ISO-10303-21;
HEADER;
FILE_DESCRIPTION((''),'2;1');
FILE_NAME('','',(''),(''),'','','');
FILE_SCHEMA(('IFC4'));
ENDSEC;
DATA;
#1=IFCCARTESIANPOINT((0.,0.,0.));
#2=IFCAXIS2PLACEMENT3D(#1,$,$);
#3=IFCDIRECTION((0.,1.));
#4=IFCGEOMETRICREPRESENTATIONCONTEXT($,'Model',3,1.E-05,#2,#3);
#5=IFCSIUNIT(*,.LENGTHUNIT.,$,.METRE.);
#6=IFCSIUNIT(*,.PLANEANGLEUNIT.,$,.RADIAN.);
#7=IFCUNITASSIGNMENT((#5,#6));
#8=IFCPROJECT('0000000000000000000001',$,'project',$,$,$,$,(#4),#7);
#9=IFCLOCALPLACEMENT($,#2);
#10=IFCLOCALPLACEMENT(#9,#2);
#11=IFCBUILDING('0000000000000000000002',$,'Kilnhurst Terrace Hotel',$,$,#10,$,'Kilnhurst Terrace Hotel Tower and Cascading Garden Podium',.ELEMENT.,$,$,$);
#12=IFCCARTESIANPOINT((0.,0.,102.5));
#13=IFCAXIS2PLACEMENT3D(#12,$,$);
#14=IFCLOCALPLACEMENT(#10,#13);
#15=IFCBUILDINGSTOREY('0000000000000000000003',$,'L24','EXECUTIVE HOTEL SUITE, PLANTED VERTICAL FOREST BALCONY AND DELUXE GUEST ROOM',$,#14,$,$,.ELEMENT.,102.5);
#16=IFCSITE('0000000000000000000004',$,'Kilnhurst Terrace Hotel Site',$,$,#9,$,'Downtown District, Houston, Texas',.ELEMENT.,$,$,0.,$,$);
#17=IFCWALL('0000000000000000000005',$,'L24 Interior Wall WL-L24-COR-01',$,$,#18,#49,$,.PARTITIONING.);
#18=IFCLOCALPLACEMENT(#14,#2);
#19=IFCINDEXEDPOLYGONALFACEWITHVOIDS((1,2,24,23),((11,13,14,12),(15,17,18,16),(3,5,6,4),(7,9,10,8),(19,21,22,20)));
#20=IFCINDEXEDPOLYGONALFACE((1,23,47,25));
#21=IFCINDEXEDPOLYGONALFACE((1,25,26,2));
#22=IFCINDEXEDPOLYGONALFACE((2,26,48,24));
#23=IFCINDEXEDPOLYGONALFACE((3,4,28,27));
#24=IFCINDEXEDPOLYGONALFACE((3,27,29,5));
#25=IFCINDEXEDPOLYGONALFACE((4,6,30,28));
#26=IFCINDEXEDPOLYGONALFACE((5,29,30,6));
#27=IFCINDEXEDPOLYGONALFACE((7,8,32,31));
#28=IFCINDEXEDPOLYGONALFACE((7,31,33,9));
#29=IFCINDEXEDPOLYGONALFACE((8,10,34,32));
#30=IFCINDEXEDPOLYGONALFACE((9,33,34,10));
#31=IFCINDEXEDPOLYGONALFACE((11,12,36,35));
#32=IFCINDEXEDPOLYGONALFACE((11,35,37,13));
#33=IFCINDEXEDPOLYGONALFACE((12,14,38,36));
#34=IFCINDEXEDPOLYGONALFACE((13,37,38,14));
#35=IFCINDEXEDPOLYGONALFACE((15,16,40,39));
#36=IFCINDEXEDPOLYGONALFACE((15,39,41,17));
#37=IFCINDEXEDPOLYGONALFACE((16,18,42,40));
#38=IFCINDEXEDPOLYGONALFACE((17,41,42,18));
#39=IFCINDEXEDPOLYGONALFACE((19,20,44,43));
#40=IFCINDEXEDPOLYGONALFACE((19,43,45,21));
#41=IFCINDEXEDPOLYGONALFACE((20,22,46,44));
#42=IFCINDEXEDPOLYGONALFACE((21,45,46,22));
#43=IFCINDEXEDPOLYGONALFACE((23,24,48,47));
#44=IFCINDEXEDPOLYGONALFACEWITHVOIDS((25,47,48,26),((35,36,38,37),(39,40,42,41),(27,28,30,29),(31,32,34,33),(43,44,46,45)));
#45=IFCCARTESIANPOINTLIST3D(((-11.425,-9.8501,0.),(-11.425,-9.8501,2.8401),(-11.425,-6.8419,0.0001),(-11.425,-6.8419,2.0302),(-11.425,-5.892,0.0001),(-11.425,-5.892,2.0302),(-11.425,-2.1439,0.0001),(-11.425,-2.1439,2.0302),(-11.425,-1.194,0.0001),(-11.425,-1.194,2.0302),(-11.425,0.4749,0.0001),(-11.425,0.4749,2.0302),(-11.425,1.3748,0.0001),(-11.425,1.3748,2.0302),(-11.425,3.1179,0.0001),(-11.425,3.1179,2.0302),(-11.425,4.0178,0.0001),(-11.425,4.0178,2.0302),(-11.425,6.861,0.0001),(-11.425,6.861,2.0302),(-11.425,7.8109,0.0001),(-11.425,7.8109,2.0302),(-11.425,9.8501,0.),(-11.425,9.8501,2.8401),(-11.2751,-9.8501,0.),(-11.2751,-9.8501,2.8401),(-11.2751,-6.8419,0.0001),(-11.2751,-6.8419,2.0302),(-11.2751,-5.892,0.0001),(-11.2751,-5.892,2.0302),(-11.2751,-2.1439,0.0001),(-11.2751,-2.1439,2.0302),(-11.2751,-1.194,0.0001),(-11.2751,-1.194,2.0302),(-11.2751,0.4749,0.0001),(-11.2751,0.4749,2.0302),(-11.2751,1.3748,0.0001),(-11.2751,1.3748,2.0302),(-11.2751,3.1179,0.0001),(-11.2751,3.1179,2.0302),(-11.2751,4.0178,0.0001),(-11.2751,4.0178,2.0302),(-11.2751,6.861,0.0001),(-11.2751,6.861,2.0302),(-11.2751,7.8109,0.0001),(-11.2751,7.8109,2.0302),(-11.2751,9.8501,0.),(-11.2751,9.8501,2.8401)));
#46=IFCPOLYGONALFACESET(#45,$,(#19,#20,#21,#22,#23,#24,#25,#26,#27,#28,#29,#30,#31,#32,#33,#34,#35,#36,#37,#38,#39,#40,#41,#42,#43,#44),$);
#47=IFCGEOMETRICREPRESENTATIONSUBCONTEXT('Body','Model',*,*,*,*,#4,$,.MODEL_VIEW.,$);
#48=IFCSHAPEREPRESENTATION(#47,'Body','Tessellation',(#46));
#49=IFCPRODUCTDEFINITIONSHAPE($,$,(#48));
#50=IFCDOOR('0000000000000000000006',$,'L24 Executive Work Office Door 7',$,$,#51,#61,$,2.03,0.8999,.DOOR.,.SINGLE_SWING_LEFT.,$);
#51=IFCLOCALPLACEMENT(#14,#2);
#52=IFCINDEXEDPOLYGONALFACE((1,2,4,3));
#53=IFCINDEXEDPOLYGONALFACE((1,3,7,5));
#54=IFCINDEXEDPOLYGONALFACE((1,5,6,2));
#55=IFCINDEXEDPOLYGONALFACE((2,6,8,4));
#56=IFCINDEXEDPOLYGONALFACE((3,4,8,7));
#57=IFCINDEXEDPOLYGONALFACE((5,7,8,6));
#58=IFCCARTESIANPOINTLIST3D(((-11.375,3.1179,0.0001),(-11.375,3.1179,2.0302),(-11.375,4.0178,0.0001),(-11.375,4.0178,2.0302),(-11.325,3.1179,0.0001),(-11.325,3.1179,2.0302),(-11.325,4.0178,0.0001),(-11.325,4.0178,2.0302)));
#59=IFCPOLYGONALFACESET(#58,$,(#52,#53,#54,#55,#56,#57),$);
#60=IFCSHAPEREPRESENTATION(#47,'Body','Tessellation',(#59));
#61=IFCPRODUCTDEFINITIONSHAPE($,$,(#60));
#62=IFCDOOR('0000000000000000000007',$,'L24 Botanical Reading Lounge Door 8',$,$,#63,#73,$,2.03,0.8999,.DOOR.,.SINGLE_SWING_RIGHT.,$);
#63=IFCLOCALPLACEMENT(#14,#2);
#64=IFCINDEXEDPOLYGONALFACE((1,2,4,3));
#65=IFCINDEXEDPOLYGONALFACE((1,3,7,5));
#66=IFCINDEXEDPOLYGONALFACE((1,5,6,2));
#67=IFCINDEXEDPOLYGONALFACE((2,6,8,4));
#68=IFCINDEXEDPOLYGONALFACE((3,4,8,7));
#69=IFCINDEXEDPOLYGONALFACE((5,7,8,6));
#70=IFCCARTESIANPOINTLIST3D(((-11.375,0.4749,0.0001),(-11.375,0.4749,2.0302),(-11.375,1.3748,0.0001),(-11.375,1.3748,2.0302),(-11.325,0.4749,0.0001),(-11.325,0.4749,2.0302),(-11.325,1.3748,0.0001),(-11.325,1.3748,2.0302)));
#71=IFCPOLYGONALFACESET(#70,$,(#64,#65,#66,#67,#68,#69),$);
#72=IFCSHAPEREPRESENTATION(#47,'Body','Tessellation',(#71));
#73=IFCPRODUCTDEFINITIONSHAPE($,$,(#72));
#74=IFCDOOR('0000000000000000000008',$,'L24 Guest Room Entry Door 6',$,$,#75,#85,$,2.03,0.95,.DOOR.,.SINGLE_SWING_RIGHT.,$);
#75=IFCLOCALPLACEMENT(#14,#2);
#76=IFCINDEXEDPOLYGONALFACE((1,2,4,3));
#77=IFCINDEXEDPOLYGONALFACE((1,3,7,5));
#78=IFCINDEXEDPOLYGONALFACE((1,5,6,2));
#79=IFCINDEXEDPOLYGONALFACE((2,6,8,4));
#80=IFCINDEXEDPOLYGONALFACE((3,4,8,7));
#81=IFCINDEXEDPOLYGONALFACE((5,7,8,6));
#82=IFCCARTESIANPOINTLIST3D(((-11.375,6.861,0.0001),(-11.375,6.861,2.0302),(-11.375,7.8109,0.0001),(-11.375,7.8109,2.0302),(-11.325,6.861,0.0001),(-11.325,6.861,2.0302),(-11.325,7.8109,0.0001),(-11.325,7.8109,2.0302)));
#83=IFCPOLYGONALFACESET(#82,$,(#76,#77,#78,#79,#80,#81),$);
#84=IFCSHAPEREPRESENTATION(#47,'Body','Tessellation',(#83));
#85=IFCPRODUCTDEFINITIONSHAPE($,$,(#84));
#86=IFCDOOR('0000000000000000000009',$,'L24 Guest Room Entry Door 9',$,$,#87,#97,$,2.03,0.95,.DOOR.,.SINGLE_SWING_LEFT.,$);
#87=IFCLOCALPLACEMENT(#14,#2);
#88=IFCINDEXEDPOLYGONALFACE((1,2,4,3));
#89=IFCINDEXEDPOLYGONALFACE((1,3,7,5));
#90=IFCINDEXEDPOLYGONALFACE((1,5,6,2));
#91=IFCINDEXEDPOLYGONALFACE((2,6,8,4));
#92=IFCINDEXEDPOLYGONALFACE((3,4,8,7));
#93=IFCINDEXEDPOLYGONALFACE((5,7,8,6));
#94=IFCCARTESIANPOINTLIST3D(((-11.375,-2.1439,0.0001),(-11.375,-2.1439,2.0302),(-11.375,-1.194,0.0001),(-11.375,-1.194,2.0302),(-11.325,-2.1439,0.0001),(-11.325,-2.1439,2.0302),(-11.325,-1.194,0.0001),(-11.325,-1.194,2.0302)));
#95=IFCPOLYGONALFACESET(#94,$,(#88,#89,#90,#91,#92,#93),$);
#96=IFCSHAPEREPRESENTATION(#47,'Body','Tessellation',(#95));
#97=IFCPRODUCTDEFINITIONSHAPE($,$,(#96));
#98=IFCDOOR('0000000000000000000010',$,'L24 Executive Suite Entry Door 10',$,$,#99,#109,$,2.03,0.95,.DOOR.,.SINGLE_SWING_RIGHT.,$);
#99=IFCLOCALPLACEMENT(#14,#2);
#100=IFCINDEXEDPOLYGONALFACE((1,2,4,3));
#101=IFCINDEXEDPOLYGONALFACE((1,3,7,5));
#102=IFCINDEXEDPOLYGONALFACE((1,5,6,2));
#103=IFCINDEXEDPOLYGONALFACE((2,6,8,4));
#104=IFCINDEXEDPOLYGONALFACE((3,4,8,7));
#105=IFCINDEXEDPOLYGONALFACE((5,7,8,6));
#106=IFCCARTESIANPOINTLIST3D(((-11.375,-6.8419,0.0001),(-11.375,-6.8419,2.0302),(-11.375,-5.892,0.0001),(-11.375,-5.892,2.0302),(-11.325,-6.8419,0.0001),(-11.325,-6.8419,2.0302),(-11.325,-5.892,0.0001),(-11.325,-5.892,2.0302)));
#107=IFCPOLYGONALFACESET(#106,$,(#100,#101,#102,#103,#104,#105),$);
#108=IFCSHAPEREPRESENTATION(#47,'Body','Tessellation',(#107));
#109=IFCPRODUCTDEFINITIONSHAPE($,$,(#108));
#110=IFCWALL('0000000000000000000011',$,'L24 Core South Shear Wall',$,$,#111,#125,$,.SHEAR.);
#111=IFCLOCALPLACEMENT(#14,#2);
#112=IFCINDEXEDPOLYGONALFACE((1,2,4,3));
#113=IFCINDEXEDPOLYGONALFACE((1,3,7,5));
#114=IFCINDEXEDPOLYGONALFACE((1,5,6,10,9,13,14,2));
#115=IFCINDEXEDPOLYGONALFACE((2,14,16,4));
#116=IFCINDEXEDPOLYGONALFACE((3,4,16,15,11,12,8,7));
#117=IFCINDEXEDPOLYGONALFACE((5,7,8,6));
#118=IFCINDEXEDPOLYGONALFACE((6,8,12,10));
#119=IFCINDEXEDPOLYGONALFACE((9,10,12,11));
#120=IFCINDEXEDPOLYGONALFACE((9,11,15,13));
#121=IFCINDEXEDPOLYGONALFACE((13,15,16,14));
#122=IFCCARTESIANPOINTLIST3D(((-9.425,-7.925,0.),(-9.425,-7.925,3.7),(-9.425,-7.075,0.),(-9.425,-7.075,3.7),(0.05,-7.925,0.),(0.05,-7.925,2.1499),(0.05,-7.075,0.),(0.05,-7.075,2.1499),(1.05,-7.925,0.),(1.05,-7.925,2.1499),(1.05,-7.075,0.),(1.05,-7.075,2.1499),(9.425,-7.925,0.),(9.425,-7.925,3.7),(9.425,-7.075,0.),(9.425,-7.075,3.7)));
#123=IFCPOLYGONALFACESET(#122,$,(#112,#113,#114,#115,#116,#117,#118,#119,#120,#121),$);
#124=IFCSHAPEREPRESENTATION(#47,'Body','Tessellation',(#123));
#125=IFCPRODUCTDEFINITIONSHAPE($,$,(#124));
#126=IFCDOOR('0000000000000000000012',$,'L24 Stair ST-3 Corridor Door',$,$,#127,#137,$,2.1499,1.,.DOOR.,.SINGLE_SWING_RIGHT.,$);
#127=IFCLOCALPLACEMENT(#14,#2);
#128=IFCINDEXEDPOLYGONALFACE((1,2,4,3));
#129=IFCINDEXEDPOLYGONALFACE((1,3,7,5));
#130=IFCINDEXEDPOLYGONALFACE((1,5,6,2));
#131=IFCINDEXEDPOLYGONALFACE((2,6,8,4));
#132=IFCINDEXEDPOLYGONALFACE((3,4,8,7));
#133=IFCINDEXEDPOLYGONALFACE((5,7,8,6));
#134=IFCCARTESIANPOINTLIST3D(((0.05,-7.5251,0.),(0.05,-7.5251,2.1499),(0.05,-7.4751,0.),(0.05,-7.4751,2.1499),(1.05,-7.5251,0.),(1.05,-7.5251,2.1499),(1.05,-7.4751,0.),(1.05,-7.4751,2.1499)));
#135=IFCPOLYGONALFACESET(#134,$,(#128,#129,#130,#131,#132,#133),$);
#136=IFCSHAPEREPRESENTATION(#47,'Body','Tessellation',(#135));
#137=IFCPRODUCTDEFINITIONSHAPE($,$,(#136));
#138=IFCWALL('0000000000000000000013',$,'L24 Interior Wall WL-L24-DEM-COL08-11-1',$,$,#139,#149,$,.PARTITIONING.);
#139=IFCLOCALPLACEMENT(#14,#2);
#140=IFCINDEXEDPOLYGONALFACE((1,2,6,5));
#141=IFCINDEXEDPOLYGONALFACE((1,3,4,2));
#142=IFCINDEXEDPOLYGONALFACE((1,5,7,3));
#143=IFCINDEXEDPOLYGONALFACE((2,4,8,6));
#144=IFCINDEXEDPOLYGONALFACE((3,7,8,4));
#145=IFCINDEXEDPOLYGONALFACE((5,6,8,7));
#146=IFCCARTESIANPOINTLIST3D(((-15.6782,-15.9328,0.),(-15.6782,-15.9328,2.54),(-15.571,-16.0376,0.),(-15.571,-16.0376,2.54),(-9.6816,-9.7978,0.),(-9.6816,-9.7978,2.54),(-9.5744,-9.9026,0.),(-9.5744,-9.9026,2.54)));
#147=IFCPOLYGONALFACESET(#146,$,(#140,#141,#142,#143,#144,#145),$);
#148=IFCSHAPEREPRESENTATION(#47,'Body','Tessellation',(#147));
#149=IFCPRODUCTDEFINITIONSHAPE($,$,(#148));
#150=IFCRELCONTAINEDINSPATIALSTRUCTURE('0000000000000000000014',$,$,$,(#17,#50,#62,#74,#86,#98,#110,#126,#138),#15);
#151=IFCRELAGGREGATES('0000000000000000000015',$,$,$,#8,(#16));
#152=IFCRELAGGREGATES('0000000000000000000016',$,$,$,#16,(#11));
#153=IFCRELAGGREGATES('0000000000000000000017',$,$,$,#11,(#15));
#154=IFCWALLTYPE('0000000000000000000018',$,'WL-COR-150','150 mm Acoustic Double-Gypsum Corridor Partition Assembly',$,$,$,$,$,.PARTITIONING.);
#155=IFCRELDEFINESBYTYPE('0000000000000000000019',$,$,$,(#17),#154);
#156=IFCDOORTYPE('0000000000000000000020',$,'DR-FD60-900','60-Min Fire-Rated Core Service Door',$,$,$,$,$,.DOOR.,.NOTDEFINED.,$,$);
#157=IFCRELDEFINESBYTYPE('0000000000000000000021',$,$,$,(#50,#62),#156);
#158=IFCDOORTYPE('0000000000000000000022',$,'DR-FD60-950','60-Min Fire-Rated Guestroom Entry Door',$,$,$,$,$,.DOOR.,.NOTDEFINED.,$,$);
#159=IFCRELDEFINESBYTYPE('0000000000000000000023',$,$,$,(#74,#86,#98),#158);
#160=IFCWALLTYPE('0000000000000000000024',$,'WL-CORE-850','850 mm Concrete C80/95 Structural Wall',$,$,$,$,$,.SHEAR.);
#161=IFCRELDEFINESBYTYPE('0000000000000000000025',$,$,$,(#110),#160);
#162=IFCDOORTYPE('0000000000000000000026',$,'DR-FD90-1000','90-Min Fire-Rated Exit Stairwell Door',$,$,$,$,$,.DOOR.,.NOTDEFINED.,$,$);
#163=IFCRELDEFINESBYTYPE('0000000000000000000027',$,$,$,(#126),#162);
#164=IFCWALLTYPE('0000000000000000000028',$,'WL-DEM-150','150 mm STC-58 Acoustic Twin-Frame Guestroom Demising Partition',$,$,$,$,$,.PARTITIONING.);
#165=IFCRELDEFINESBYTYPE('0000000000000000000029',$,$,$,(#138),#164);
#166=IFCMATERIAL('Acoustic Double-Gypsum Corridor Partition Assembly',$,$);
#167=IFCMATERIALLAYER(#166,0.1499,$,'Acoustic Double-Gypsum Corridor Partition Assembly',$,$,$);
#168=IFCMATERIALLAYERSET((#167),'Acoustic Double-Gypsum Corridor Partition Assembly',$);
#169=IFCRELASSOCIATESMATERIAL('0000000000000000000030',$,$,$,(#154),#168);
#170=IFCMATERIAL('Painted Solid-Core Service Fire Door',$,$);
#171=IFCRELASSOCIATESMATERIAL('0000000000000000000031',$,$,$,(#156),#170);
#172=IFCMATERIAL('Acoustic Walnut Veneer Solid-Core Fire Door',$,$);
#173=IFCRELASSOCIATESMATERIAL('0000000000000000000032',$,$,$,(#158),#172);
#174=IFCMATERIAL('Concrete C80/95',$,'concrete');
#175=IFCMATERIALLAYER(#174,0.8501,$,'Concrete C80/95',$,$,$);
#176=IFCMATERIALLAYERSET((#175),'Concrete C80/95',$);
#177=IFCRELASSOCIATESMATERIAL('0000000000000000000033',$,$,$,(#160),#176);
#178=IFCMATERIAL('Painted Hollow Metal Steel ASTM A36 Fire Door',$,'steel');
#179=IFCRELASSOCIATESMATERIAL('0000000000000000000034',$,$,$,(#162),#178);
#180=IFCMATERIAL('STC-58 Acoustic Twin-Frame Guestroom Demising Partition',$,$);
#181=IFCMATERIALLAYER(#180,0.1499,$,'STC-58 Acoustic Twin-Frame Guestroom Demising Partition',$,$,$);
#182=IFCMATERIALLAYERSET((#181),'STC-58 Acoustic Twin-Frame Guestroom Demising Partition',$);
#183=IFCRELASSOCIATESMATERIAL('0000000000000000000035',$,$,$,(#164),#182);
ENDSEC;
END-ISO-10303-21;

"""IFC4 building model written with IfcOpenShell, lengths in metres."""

from ifc_helpers import new_model, si_unit, direction, frame, frame_2d, origin, place, context, subcontext, project, spatial, rectangle, extrude, material, layer, layer_set, type_object, element, fill, save


model = new_model("IFC4")

# Units and contexts
model_context = context("Model", 3, precision=1e-05, world=origin(), true_north=direction((0.0, 1.0)))
body_context = subcontext(model_context, "Body", "Model", "MODEL_VIEW")
ifc_project = project(units=[si_unit("LENGTHUNIT", "METRE"), si_unit("PLANEANGLEUNIT", "RADIAN")], contexts=[model_context])

# Site, building, storey
site_placement = place(None, origin())
site = spatial("IfcSite", under=ifc_project, at=site_placement, Name="Kilnhurst Terrace Hotel Site", LongName="Downtown District, Houston, Texas", CompositionType="ELEMENT", RefElevation=0.0)
building_placement = place(site_placement, origin())
building = spatial("IfcBuilding", under=site, at=building_placement, Name="Kilnhurst Terrace Hotel", LongName="Kilnhurst Terrace Hotel Tower and Cascading Garden Podium", CompositionType="ELEMENT")
storey_placement = place(building_placement, frame((0.0, 0.0, 102.5)))
storey = spatial("IfcBuildingStorey", under=building, at=storey_placement, Name="L24", Description="EXECUTIVE HOTEL SUITE, PLANTED VERTICAL FOREST BALCONY AND DELUXE GUEST ROOM", CompositionType="ELEMENT", Elevation=102.5)

# Shared definitions
ifc_material_1 = material(Name="Concrete C80/95", Category="concrete")

# Wall, openings, doors
ifc_material_2 = material(Name="Acoustic Double-Gypsum Corridor Partition Assembly")
ifc_layer_1 = layer(ifc_material_2, 0.1499, Name="Acoustic Double-Gypsum Corridor Partition Assembly")
ifc_layer_set_1 = layer_set([ifc_layer_1], Name="Acoustic Double-Gypsum Corridor Partition Assembly")
wall_type_1 = type_object("IfcWallType", Name="WL-COR-150", Description="150 mm Acoustic Double-Gypsum Corridor Partition Assembly", PredefinedType="PARTITIONING", material=ifc_layer_set_1)
wall_1_placement = place(storey_placement, frame((-11.3501, -9.8501, 0.0), z_axis=(0.0, 0.0, 1.0), x_axis=(0.0, 1.0, 0.0)))
wall_1 = element("IfcWall", 1, at=wall_1_placement, inside=storey, type_object=wall_type_1, Name="L24 Interior Wall WL-L24-COR-01", PredefinedType="PARTITIONING", context=body_context, shape_type="SweptSolid", body=[
    extrude(rectangle(XDim=19.7002, YDim=0.1499, at=frame_2d((9.8501, 0.0))), origin(), (0.0, 0.0, 1.0), 2.8401),
])
opening_1_placement = place(wall_1_placement, frame((16.7109, 0.0, 0.0)))
opening_1 = element("IfcOpeningElement", 2, at=opening_1_placement, cuts=wall_1, PredefinedType="OPENING", context=body_context, shape_type="SweptSolid", body=[
    extrude(rectangle(XDim=0.95, YDim=2.03, at=frame_2d((0.4751, 1.0151))), frame((0.0, 0.085, 0.0), z_axis=(0.0, -1.0, 0.0), x_axis=(1.0, 0.0, 0.0)), (0.0, 0.0, 1.0), 0.1699),
])
opening_2_placement = place(wall_1_placement, frame((12.968, 0.0, 0.0)))
opening_2 = element("IfcOpeningElement", 3, at=opening_2_placement, cuts=wall_1, PredefinedType="OPENING", context=body_context, shape_type="SweptSolid", body=[
    extrude(rectangle(XDim=0.8999, YDim=2.03, at=frame_2d((0.45, 1.0151))), frame((0.0, 0.085, 0.0), z_axis=(0.0, -1.0, 0.0), x_axis=(1.0, 0.0, 0.0)), (0.0, 0.0, 1.0), 0.1699),
])
opening_3_placement = place(wall_1_placement, frame((10.325, 0.0, 0.0)))
opening_3 = element("IfcOpeningElement", 4, at=opening_3_placement, cuts=wall_1, PredefinedType="OPENING", context=body_context, shape_type="SweptSolid", body=[
    extrude(rectangle(XDim=0.8999, YDim=2.03, at=frame_2d((0.45, 1.0151))), frame((0.0, 0.085, 0.0), z_axis=(0.0, -1.0, 0.0), x_axis=(1.0, 0.0, 0.0)), (0.0, 0.0, 1.0), 0.1699),
])
opening_4_placement = place(wall_1_placement, frame((7.7061, 0.0, 0.0)))
opening_4 = element("IfcOpeningElement", 5, at=opening_4_placement, cuts=wall_1, PredefinedType="OPENING", context=body_context, shape_type="SweptSolid", body=[
    extrude(rectangle(XDim=0.95, YDim=2.03, at=frame_2d((0.4751, 1.0151))), frame((0.0, 0.085, 0.0), z_axis=(0.0, -1.0, 0.0), x_axis=(1.0, 0.0, 0.0)), (0.0, 0.0, 1.0), 0.1699),
])
opening_5_placement = place(wall_1_placement, frame((3.0081, 0.0, 0.0)))
opening_5 = element("IfcOpeningElement", 6, at=opening_5_placement, cuts=wall_1, PredefinedType="OPENING", context=body_context, shape_type="SweptSolid", body=[
    extrude(rectangle(XDim=0.95, YDim=2.03, at=frame_2d((0.4751, 1.0151))), frame((0.0, 0.085, 0.0), z_axis=(0.0, -1.0, 0.0), x_axis=(1.0, 0.0, 0.0)), (0.0, 0.0, 1.0), 0.1699),
])
ifc_material_3 = material(Name="Painted Solid-Core Service Fire Door")
door_type_1 = type_object("IfcDoorType", Name="DR-FD60-900", Description="60-Min Fire-Rated Core Service Door", OperationType="NOTDEFINED", PredefinedType="DOOR", material=ifc_material_3)
door_1_placement = place(opening_2_placement, origin())
door_1 = element("IfcDoor", 7, at=door_1_placement, inside=storey, type_object=door_type_1, Name="L24 Executive Work Office Door 7", OperationType="SINGLE_SWING_LEFT", OverallHeight=2.03, OverallWidth=0.8999, PredefinedType="DOOR", context=body_context, shape_type="SweptSolid", body=[
    extrude(rectangle(XDim=0.8999, YDim=2.03, at=frame_2d((0.45, 1.0151))), frame((0.0, 0.0249, 0.0), z_axis=(0.0, -1.0, 0.0), x_axis=(1.0, 0.0, 0.0)), (0.0, 0.0, 1.0), 0.05),
])
fill(opening_2, door_1)
door_2_placement = place(opening_3_placement, origin())
door_2 = element("IfcDoor", 8, at=door_2_placement, inside=storey, type_object=door_type_1, Name="L24 Botanical Reading Lounge Door 8", OperationType="SINGLE_SWING_RIGHT", OverallHeight=2.03, OverallWidth=0.8999, PredefinedType="DOOR", context=body_context, shape_type="SweptSolid", body=[
    extrude(rectangle(XDim=0.8999, YDim=2.03, at=frame_2d((0.45, 1.0151))), frame((0.0, 0.0249, 0.0), z_axis=(0.0, -1.0, 0.0), x_axis=(1.0, 0.0, 0.0)), (0.0, 0.0, 1.0), 0.05),
])
fill(opening_3, door_2)
ifc_material_4 = material(Name="Acoustic Walnut Veneer Solid-Core Fire Door")
door_type_2 = type_object("IfcDoorType", Name="DR-FD60-950", Description="60-Min Fire-Rated Guestroom Entry Door", OperationType="NOTDEFINED", PredefinedType="DOOR", material=ifc_material_4)
door_3_placement = place(opening_1_placement, origin())
door_3 = element("IfcDoor", 9, at=door_3_placement, inside=storey, type_object=door_type_2, Name="L24 Guest Room Entry Door 6", OperationType="SINGLE_SWING_RIGHT", OverallHeight=2.03, OverallWidth=0.95, PredefinedType="DOOR", context=body_context, shape_type="SweptSolid", body=[
    extrude(rectangle(XDim=0.95, YDim=2.03, at=frame_2d((0.4751, 1.0151))), frame((0.0, 0.0249, 0.0), z_axis=(0.0, -1.0, 0.0), x_axis=(1.0, 0.0, 0.0)), (0.0, 0.0, 1.0), 0.05),
])
fill(opening_1, door_3)
door_4_placement = place(opening_4_placement, origin())
door_4 = element("IfcDoor", 10, at=door_4_placement, inside=storey, type_object=door_type_2, Name="L24 Guest Room Entry Door 9", OperationType="SINGLE_SWING_LEFT", OverallHeight=2.03, OverallWidth=0.95, PredefinedType="DOOR", context=body_context, shape_type="SweptSolid", body=[
    extrude(rectangle(XDim=0.95, YDim=2.03, at=frame_2d((0.4751, 1.0151))), frame((0.0, 0.0249, 0.0), z_axis=(0.0, -1.0, 0.0), x_axis=(1.0, 0.0, 0.0)), (0.0, 0.0, 1.0), 0.05),
])
fill(opening_4, door_4)
door_5_placement = place(opening_5_placement, origin())
door_5 = element("IfcDoor", 11, at=door_5_placement, inside=storey, type_object=door_type_2, Name="L24 Executive Suite Entry Door 10", OperationType="SINGLE_SWING_RIGHT", OverallHeight=2.03, OverallWidth=0.95, PredefinedType="DOOR", context=body_context, shape_type="SweptSolid", body=[
    extrude(rectangle(XDim=0.95, YDim=2.03, at=frame_2d((0.4751, 1.0151))), frame((0.0, 0.0249, 0.0), z_axis=(0.0, -1.0, 0.0), x_axis=(1.0, 0.0, 0.0)), (0.0, 0.0, 1.0), 0.05),
])
fill(opening_5, door_5)

# Wall, opening, door
ifc_layer_2 = layer(ifc_material_1, 0.8501, Name="Concrete C80/95")
ifc_layer_set_2 = layer_set([ifc_layer_2], Name="Concrete C80/95")
wall_type_2 = type_object("IfcWallType", Name="WL-CORE-850", Description="850 mm Concrete C80/95 Structural Wall", PredefinedType="SHEAR", material=ifc_layer_set_2)
wall_2_placement = place(storey_placement, frame((-9.425, -7.5, 0.0), z_axis=(0.0, 0.0, 1.0), x_axis=(1.0, 0.0, 0.0)))
wall_2 = element("IfcWall", 12, at=wall_2_placement, inside=storey, type_object=wall_type_2, Name="L24 Core South Shear Wall", PredefinedType="SHEAR", context=body_context, shape_type="SweptSolid", body=[
    extrude(rectangle(XDim=18.8501, YDim=0.8501, at=frame_2d((9.425, 0.0))), origin(), (0.0, 0.0, 1.0), 3.7),
])
opening_6_placement = place(wall_2_placement, frame((9.4751, 0.0, 0.0)))
opening_6 = element("IfcOpeningElement", 13, at=opening_6_placement, cuts=wall_2, PredefinedType="OPENING", context=body_context, shape_type="SweptSolid", body=[
    extrude(rectangle(XDim=1.0, YDim=2.1499, at=frame_2d((0.5, 1.075))), frame((0.0, 0.4351, 0.0), z_axis=(0.0, -1.0, 0.0), x_axis=(1.0, 0.0, 0.0)), (0.0, 0.0, 1.0), 0.8701),
])
ifc_material_5 = material(Name="Painted Hollow Metal Steel ASTM A36 Fire Door", Category="steel")
door_type_3 = type_object("IfcDoorType", Name="DR-FD90-1000", Description="90-Min Fire-Rated Exit Stairwell Door", OperationType="NOTDEFINED", PredefinedType="DOOR", material=ifc_material_5)
door_6_placement = place(opening_6_placement, origin())
door_6 = element("IfcDoor", 14, at=door_6_placement, inside=storey, type_object=door_type_3, Name="L24 Stair ST-3 Corridor Door", OperationType="SINGLE_SWING_RIGHT", OverallHeight=2.1499, OverallWidth=1.0, PredefinedType="DOOR", context=body_context, shape_type="SweptSolid", body=[
    extrude(rectangle(XDim=1.0, YDim=2.1499, at=frame_2d((0.5, 1.075))), frame((0.0, 0.0249, 0.0), z_axis=(0.0, -1.0, 0.0), x_axis=(1.0, 0.0, 0.0)), (0.0, 0.0, 1.0), 0.05),
])
fill(opening_6, door_6)

# Wall
ifc_material_6 = material(Name="STC-58 Acoustic Twin-Frame Guestroom Demising Partition")
ifc_layer_3 = layer(ifc_material_6, 0.1499, Name="STC-58 Acoustic Twin-Frame Guestroom Demising Partition")
ifc_layer_set_3 = layer_set([ifc_layer_3], Name="STC-58 Acoustic Twin-Frame Guestroom Demising Partition")
wall_type_3 = type_object("IfcWallType", Name="WL-DEM-150", Description="150 mm STC-58 Acoustic Twin-Frame Guestroom Demising Partition", PredefinedType="PARTITIONING", material=ifc_layer_set_3)
wall_3_placement = place(storey_placement, frame((-9.6279, -9.8501, 0.0), z_axis=(0.0, 0.0, 1.0), x_axis=(-0.698993, -0.715129, 0.0)))
element("IfcWall", 15, at=wall_3_placement, inside=storey, type_object=wall_type_3, Name="L24 Interior Wall WL-L24-DEM-COL08-11-1", PredefinedType="PARTITIONING", context=body_context, shape_type="SweptSolid", body=[
    extrude(rectangle(XDim=8.5789, YDim=0.1499, at=frame_2d((4.2896, 0.0))), origin(), (0.0, 0.0, 1.0), 2.54),
])

save(model, "model.ifc")
